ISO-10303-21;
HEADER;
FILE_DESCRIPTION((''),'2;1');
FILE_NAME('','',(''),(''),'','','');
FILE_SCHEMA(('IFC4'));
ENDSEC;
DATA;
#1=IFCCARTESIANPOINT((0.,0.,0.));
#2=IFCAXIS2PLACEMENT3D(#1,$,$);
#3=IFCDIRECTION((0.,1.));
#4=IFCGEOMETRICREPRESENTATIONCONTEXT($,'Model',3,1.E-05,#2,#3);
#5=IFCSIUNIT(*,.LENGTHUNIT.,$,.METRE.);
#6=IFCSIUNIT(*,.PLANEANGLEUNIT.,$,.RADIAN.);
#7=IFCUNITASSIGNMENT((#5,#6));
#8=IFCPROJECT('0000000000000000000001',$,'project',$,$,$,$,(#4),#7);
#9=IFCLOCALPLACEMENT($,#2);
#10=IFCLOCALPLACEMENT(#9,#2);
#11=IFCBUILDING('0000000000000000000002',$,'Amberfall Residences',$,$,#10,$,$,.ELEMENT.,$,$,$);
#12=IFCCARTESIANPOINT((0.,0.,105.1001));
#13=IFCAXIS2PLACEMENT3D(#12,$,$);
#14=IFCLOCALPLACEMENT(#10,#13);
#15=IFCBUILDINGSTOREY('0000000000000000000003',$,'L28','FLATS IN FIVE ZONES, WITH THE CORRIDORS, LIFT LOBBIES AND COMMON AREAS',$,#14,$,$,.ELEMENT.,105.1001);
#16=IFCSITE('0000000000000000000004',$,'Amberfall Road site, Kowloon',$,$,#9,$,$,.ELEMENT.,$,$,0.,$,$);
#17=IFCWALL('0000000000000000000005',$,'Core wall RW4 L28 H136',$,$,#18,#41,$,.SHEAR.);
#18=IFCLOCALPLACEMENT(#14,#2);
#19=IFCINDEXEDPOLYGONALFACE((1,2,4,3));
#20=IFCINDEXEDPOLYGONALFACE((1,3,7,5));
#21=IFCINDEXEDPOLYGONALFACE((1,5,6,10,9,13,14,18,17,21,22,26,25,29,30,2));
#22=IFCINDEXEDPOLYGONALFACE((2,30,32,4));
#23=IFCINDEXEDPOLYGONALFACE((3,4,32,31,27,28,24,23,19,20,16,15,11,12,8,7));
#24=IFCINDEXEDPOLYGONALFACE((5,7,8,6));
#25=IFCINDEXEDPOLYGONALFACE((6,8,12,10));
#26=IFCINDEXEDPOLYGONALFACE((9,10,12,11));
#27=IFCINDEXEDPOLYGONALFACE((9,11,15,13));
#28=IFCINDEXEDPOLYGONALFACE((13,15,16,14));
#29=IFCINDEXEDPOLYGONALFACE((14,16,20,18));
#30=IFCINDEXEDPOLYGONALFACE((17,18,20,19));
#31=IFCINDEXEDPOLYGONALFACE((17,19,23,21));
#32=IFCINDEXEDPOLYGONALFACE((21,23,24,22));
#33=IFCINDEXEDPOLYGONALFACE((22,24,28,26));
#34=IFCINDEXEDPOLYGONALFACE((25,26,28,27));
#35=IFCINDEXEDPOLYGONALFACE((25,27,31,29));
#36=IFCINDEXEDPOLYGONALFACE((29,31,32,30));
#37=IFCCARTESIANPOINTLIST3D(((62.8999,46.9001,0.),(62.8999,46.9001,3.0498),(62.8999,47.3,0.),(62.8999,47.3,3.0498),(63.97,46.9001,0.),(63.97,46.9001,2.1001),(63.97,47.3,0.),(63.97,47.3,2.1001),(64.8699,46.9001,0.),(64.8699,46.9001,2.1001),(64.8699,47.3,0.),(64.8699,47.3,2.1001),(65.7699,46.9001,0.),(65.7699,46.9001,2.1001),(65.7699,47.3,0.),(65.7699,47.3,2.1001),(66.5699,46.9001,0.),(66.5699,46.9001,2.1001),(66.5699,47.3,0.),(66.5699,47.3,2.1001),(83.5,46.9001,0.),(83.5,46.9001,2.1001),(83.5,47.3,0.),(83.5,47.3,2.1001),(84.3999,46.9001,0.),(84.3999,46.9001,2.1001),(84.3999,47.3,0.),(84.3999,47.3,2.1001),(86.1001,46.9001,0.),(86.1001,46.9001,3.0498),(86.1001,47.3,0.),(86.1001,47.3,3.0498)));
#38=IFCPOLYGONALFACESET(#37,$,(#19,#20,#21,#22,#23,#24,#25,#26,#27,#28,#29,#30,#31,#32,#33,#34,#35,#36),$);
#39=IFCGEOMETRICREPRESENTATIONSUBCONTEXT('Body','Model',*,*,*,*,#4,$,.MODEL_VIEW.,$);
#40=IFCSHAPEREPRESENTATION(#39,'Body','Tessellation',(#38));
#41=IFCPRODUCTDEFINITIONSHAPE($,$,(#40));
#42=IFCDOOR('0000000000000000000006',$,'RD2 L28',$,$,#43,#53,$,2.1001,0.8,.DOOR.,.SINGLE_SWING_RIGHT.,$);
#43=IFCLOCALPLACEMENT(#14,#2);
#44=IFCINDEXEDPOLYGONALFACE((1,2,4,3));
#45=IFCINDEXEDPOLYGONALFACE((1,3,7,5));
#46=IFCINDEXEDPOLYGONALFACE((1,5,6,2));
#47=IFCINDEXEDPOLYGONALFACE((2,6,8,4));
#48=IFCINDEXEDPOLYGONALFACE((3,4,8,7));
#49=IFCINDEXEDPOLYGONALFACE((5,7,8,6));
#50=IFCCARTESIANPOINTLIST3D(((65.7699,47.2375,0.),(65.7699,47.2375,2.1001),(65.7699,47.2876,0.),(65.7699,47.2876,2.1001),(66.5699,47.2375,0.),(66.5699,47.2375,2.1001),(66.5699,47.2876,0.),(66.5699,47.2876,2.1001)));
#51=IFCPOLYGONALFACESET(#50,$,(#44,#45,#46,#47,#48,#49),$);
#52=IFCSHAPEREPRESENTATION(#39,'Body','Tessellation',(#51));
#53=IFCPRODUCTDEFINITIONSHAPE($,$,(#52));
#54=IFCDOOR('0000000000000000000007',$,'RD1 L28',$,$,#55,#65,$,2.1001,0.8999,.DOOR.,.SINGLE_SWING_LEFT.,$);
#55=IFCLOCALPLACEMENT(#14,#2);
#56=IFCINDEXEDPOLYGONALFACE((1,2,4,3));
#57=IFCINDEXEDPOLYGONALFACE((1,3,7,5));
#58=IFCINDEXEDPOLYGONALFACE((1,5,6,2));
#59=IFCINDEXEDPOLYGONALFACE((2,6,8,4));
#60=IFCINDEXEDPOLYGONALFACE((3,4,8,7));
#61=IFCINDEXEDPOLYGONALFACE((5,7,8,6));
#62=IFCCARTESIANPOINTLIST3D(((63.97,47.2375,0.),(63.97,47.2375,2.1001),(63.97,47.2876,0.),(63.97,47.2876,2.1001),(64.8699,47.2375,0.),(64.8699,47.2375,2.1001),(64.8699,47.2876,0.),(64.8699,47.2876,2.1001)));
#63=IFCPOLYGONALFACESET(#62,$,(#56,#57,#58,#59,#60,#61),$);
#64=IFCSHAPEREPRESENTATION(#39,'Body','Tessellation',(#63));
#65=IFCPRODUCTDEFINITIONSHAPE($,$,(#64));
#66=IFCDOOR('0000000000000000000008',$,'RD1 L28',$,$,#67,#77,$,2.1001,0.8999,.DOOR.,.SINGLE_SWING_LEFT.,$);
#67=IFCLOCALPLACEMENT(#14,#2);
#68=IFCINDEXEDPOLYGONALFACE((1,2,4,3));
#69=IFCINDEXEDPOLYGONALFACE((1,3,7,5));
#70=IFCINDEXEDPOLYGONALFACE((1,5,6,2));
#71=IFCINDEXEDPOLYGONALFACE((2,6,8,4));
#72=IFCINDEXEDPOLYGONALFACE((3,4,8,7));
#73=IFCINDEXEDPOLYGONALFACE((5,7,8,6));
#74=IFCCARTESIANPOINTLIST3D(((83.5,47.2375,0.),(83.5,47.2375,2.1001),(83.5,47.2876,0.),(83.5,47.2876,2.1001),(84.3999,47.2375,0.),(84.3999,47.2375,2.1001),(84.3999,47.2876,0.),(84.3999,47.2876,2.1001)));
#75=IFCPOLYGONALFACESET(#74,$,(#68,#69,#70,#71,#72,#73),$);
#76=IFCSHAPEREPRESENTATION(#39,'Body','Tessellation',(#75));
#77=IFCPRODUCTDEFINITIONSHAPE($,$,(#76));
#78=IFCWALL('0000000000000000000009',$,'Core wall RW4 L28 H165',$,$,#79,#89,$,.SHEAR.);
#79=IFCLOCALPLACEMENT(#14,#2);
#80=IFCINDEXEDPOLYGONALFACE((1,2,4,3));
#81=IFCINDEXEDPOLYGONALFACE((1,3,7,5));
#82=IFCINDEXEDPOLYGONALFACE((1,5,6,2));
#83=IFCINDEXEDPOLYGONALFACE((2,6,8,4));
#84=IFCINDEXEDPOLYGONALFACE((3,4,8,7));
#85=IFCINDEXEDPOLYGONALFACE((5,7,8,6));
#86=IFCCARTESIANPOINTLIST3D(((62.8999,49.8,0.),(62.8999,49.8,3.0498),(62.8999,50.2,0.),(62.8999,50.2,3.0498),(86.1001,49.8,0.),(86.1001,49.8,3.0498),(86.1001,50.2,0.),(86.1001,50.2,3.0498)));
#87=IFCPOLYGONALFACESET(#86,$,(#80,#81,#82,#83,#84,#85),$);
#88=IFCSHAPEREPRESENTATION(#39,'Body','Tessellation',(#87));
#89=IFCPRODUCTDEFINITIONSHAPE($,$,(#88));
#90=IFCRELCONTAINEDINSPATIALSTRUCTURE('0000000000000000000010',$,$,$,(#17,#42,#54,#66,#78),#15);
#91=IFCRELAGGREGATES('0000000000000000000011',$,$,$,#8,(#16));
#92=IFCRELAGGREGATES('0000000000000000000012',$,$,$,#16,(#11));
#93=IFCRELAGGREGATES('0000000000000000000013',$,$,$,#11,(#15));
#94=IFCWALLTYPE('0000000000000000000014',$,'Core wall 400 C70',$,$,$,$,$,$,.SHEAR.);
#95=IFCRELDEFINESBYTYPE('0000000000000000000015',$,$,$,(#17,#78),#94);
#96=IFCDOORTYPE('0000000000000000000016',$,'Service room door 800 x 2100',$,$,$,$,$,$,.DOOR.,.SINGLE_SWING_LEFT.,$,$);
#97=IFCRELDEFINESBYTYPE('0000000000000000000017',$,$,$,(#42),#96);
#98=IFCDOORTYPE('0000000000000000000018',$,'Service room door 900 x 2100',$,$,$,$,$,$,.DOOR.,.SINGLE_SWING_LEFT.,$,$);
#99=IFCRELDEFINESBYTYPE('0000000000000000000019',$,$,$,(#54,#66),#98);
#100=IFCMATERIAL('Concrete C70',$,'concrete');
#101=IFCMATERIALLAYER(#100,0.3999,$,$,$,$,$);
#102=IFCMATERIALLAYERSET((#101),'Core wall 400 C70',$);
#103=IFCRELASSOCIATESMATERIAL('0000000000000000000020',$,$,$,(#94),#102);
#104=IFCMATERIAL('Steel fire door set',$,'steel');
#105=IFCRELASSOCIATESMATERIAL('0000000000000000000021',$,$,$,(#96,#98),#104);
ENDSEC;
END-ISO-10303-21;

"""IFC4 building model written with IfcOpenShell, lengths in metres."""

from ifc_helpers import new_model, si_unit, direction, frame, frame_2d, origin, place, context, subcontext, project, spatial, rectangle, extrude, material, layer, layer_set, type_object, element, fill, save


model = new_model("IFC4")

# Units and contexts
model_context = context("Model", 3, precision=1e-05, world=origin(), true_north=direction((0.0, 1.0)))
body_context = subcontext(model_context, "Body", "Model", "MODEL_VIEW")
ifc_project = project(units=[si_unit("LENGTHUNIT", "METRE"), si_unit("PLANEANGLEUNIT", "RADIAN")], contexts=[model_context])

# Site, building, storey
site_placement = place(None, origin())
site = spatial("IfcSite", under=ifc_project, at=site_placement, Name="Amberfall Road site, Kowloon", CompositionType="ELEMENT", RefElevation=0.0)
building_placement = place(site_placement, origin())
building = spatial("IfcBuilding", under=site, at=building_placement, Name="Amberfall Residences", CompositionType="ELEMENT")
storey_placement = place(building_placement, frame((0.0, 0.0, 105.1001)))
storey = spatial("IfcBuildingStorey", under=building, at=storey_placement, Name="L28", Description="FLATS IN FIVE ZONES, WITH THE CORRIDORS, LIFT LOBBIES AND COMMON AREAS", CompositionType="ELEMENT", Elevation=105.1001)

# Wall, openings, doors
ifc_material_1 = material(Name="Concrete C70", Category="concrete")
ifc_layer_1 = layer(ifc_material_1, 0.3999)
ifc_layer_set_1 = layer_set([ifc_layer_1], Name="Core wall 400 C70")
wall_type_1 = type_object("IfcWallType", Name="Core wall 400 C70", PredefinedType="SHEAR", material=ifc_layer_set_1)
wall_1_placement = place(storey_placement, frame((62.8999, 47.1001, 0.0), z_axis=(0.0, 0.0, 1.0), x_axis=(1.0, 0.0, 0.0)))
wall_1 = element("IfcWall", 1, at=wall_1_placement, inside=storey, type_object=wall_type_1, Name="Core wall RW4 L28 H136", PredefinedType="SHEAR", context=body_context, shape_type="SweptSolid", body=[
    extrude(rectangle(XDim=23.2002, YDim=0.3999, at=frame_2d((11.6001, 0.0))), origin(), (0.0, 0.0, 1.0), 3.0498),
])
opening_1_placement = place(wall_1_placement, frame((1.0701, 0.0, 0.0)))
opening_1 = element("IfcOpeningElement", 2, at=opening_1_placement, cuts=wall_1, PredefinedType="OPENING", context=body_context, shape_type="SweptSolid", body=[
    extrude(rectangle(XDim=0.8999, YDim=2.1001, at=frame_2d((0.45, 1.05))), frame((0.0, 0.21, 0.0), z_axis=(0.0, -1.0, 0.0), x_axis=(1.0, 0.0, 0.0)), (0.0, 0.0, 1.0), 0.4199),
])
opening_2_placement = place(wall_1_placement, frame((2.8701, 0.0, 0.0)))
opening_2 = element("IfcOpeningElement", 3, at=opening_2_placement, cuts=wall_1, PredefinedType="OPENING", context=body_context, shape_type="SweptSolid", body=[
    extrude(rectangle(XDim=0.8, YDim=2.1001, at=frame_2d((0.3999, 1.05))), frame((0.0, 0.21, 0.0), z_axis=(0.0, -1.0, 0.0), x_axis=(1.0, 0.0, 0.0)), (0.0, 0.0, 1.0), 0.4199),
])
opening_3_placement = place(wall_1_placement, frame((20.6001, 0.0, 0.0)))
opening_3 = element("IfcOpeningElement", 4, at=opening_3_placement, cuts=wall_1, PredefinedType="OPENING", context=body_context, shape_type="SweptSolid", body=[
    extrude(rectangle(XDim=0.8999, YDim=2.1001, at=frame_2d((0.45, 1.05))), frame((0.0, 0.21, 0.0), z_axis=(0.0, -1.0, 0.0), x_axis=(1.0, 0.0, 0.0)), (0.0, 0.0, 1.0), 0.4199),
])
ifc_material_2 = material(Name="Steel fire door set", Category="steel")
door_type_1 = type_object("IfcDoorType", Name="Service room door 800 x 2100", OperationType="SINGLE_SWING_LEFT", PredefinedType="DOOR", material=ifc_material_2)
door_1_placement = place(opening_2_placement, origin())
door_1 = element("IfcDoor", 5, at=door_1_placement, inside=storey, type_object=door_type_1, Name="RD2 L28", OperationType="SINGLE_SWING_RIGHT", OverallHeight=2.1001, OverallWidth=0.8, PredefinedType="DOOR", context=body_context, shape_type="SweptSolid", body=[
    extrude(rectangle(XDim=0.8, YDim=2.1001, at=frame_2d((0.3999, 1.05))), frame((0.0, 0.1875, 0.0), z_axis=(0.0, -1.0, 0.0), x_axis=(1.0, 0.0, 0.0)), (0.0, 0.0, 1.0), 0.05),
])
fill(opening_2, door_1)
door_type_2 = type_object("IfcDoorType", Name="Service room door 900 x 2100", OperationType="SINGLE_SWING_LEFT", PredefinedType="DOOR", material=ifc_material_2)
door_2_placement = place(opening_1_placement, origin())
door_2 = element("IfcDoor", 6, at=door_2_placement, inside=storey, type_object=door_type_2, Name="RD1 L28", OperationType="SINGLE_SWING_LEFT", OverallHeight=2.1001, OverallWidth=0.8999, PredefinedType="DOOR", context=body_context, shape_type="SweptSolid", body=[
    extrude(rectangle(XDim=0.8999, YDim=2.1001, at=frame_2d((0.45, 1.05))), frame((0.0, 0.1875, 0.0), z_axis=(0.0, -1.0, 0.0), x_axis=(1.0, 0.0, 0.0)), (0.0, 0.0, 1.0), 0.05),
])
fill(opening_1, door_2)
door_3_placement = place(opening_3_placement, origin())
door_3 = element("IfcDoor", 7, at=door_3_placement, inside=storey, type_object=door_type_2, Name="RD1 L28", OperationType="SINGLE_SWING_LEFT", OverallHeight=2.1001, OverallWidth=0.8999, PredefinedType="DOOR", context=body_context, shape_type="SweptSolid", body=[
    extrude(rectangle(XDim=0.8999, YDim=2.1001, at=frame_2d((0.45, 1.05))), frame((0.0, 0.1875, 0.0), z_axis=(0.0, -1.0, 0.0), x_axis=(1.0, 0.0, 0.0)), (0.0, 0.0, 1.0), 0.05),
])
fill(opening_3, door_3)

# Wall
wall_2_placement = place(storey_placement, frame((62.8999, 50.0, 0.0), z_axis=(0.0, 0.0, 1.0), x_axis=(1.0, 0.0, 0.0)))
element("IfcWall", 8, at=wall_2_placement, inside=storey, type_object=wall_type_1, Name="Core wall RW4 L28 H165", PredefinedType="SHEAR", context=body_context, shape_type="SweptSolid", body=[
    extrude(rectangle(XDim=23.2002, YDim=0.3999, at=frame_2d((11.6001, 0.0))), origin(), (0.0, 0.0, 1.0), 3.0498),
])

save(model, "model.ifc")
